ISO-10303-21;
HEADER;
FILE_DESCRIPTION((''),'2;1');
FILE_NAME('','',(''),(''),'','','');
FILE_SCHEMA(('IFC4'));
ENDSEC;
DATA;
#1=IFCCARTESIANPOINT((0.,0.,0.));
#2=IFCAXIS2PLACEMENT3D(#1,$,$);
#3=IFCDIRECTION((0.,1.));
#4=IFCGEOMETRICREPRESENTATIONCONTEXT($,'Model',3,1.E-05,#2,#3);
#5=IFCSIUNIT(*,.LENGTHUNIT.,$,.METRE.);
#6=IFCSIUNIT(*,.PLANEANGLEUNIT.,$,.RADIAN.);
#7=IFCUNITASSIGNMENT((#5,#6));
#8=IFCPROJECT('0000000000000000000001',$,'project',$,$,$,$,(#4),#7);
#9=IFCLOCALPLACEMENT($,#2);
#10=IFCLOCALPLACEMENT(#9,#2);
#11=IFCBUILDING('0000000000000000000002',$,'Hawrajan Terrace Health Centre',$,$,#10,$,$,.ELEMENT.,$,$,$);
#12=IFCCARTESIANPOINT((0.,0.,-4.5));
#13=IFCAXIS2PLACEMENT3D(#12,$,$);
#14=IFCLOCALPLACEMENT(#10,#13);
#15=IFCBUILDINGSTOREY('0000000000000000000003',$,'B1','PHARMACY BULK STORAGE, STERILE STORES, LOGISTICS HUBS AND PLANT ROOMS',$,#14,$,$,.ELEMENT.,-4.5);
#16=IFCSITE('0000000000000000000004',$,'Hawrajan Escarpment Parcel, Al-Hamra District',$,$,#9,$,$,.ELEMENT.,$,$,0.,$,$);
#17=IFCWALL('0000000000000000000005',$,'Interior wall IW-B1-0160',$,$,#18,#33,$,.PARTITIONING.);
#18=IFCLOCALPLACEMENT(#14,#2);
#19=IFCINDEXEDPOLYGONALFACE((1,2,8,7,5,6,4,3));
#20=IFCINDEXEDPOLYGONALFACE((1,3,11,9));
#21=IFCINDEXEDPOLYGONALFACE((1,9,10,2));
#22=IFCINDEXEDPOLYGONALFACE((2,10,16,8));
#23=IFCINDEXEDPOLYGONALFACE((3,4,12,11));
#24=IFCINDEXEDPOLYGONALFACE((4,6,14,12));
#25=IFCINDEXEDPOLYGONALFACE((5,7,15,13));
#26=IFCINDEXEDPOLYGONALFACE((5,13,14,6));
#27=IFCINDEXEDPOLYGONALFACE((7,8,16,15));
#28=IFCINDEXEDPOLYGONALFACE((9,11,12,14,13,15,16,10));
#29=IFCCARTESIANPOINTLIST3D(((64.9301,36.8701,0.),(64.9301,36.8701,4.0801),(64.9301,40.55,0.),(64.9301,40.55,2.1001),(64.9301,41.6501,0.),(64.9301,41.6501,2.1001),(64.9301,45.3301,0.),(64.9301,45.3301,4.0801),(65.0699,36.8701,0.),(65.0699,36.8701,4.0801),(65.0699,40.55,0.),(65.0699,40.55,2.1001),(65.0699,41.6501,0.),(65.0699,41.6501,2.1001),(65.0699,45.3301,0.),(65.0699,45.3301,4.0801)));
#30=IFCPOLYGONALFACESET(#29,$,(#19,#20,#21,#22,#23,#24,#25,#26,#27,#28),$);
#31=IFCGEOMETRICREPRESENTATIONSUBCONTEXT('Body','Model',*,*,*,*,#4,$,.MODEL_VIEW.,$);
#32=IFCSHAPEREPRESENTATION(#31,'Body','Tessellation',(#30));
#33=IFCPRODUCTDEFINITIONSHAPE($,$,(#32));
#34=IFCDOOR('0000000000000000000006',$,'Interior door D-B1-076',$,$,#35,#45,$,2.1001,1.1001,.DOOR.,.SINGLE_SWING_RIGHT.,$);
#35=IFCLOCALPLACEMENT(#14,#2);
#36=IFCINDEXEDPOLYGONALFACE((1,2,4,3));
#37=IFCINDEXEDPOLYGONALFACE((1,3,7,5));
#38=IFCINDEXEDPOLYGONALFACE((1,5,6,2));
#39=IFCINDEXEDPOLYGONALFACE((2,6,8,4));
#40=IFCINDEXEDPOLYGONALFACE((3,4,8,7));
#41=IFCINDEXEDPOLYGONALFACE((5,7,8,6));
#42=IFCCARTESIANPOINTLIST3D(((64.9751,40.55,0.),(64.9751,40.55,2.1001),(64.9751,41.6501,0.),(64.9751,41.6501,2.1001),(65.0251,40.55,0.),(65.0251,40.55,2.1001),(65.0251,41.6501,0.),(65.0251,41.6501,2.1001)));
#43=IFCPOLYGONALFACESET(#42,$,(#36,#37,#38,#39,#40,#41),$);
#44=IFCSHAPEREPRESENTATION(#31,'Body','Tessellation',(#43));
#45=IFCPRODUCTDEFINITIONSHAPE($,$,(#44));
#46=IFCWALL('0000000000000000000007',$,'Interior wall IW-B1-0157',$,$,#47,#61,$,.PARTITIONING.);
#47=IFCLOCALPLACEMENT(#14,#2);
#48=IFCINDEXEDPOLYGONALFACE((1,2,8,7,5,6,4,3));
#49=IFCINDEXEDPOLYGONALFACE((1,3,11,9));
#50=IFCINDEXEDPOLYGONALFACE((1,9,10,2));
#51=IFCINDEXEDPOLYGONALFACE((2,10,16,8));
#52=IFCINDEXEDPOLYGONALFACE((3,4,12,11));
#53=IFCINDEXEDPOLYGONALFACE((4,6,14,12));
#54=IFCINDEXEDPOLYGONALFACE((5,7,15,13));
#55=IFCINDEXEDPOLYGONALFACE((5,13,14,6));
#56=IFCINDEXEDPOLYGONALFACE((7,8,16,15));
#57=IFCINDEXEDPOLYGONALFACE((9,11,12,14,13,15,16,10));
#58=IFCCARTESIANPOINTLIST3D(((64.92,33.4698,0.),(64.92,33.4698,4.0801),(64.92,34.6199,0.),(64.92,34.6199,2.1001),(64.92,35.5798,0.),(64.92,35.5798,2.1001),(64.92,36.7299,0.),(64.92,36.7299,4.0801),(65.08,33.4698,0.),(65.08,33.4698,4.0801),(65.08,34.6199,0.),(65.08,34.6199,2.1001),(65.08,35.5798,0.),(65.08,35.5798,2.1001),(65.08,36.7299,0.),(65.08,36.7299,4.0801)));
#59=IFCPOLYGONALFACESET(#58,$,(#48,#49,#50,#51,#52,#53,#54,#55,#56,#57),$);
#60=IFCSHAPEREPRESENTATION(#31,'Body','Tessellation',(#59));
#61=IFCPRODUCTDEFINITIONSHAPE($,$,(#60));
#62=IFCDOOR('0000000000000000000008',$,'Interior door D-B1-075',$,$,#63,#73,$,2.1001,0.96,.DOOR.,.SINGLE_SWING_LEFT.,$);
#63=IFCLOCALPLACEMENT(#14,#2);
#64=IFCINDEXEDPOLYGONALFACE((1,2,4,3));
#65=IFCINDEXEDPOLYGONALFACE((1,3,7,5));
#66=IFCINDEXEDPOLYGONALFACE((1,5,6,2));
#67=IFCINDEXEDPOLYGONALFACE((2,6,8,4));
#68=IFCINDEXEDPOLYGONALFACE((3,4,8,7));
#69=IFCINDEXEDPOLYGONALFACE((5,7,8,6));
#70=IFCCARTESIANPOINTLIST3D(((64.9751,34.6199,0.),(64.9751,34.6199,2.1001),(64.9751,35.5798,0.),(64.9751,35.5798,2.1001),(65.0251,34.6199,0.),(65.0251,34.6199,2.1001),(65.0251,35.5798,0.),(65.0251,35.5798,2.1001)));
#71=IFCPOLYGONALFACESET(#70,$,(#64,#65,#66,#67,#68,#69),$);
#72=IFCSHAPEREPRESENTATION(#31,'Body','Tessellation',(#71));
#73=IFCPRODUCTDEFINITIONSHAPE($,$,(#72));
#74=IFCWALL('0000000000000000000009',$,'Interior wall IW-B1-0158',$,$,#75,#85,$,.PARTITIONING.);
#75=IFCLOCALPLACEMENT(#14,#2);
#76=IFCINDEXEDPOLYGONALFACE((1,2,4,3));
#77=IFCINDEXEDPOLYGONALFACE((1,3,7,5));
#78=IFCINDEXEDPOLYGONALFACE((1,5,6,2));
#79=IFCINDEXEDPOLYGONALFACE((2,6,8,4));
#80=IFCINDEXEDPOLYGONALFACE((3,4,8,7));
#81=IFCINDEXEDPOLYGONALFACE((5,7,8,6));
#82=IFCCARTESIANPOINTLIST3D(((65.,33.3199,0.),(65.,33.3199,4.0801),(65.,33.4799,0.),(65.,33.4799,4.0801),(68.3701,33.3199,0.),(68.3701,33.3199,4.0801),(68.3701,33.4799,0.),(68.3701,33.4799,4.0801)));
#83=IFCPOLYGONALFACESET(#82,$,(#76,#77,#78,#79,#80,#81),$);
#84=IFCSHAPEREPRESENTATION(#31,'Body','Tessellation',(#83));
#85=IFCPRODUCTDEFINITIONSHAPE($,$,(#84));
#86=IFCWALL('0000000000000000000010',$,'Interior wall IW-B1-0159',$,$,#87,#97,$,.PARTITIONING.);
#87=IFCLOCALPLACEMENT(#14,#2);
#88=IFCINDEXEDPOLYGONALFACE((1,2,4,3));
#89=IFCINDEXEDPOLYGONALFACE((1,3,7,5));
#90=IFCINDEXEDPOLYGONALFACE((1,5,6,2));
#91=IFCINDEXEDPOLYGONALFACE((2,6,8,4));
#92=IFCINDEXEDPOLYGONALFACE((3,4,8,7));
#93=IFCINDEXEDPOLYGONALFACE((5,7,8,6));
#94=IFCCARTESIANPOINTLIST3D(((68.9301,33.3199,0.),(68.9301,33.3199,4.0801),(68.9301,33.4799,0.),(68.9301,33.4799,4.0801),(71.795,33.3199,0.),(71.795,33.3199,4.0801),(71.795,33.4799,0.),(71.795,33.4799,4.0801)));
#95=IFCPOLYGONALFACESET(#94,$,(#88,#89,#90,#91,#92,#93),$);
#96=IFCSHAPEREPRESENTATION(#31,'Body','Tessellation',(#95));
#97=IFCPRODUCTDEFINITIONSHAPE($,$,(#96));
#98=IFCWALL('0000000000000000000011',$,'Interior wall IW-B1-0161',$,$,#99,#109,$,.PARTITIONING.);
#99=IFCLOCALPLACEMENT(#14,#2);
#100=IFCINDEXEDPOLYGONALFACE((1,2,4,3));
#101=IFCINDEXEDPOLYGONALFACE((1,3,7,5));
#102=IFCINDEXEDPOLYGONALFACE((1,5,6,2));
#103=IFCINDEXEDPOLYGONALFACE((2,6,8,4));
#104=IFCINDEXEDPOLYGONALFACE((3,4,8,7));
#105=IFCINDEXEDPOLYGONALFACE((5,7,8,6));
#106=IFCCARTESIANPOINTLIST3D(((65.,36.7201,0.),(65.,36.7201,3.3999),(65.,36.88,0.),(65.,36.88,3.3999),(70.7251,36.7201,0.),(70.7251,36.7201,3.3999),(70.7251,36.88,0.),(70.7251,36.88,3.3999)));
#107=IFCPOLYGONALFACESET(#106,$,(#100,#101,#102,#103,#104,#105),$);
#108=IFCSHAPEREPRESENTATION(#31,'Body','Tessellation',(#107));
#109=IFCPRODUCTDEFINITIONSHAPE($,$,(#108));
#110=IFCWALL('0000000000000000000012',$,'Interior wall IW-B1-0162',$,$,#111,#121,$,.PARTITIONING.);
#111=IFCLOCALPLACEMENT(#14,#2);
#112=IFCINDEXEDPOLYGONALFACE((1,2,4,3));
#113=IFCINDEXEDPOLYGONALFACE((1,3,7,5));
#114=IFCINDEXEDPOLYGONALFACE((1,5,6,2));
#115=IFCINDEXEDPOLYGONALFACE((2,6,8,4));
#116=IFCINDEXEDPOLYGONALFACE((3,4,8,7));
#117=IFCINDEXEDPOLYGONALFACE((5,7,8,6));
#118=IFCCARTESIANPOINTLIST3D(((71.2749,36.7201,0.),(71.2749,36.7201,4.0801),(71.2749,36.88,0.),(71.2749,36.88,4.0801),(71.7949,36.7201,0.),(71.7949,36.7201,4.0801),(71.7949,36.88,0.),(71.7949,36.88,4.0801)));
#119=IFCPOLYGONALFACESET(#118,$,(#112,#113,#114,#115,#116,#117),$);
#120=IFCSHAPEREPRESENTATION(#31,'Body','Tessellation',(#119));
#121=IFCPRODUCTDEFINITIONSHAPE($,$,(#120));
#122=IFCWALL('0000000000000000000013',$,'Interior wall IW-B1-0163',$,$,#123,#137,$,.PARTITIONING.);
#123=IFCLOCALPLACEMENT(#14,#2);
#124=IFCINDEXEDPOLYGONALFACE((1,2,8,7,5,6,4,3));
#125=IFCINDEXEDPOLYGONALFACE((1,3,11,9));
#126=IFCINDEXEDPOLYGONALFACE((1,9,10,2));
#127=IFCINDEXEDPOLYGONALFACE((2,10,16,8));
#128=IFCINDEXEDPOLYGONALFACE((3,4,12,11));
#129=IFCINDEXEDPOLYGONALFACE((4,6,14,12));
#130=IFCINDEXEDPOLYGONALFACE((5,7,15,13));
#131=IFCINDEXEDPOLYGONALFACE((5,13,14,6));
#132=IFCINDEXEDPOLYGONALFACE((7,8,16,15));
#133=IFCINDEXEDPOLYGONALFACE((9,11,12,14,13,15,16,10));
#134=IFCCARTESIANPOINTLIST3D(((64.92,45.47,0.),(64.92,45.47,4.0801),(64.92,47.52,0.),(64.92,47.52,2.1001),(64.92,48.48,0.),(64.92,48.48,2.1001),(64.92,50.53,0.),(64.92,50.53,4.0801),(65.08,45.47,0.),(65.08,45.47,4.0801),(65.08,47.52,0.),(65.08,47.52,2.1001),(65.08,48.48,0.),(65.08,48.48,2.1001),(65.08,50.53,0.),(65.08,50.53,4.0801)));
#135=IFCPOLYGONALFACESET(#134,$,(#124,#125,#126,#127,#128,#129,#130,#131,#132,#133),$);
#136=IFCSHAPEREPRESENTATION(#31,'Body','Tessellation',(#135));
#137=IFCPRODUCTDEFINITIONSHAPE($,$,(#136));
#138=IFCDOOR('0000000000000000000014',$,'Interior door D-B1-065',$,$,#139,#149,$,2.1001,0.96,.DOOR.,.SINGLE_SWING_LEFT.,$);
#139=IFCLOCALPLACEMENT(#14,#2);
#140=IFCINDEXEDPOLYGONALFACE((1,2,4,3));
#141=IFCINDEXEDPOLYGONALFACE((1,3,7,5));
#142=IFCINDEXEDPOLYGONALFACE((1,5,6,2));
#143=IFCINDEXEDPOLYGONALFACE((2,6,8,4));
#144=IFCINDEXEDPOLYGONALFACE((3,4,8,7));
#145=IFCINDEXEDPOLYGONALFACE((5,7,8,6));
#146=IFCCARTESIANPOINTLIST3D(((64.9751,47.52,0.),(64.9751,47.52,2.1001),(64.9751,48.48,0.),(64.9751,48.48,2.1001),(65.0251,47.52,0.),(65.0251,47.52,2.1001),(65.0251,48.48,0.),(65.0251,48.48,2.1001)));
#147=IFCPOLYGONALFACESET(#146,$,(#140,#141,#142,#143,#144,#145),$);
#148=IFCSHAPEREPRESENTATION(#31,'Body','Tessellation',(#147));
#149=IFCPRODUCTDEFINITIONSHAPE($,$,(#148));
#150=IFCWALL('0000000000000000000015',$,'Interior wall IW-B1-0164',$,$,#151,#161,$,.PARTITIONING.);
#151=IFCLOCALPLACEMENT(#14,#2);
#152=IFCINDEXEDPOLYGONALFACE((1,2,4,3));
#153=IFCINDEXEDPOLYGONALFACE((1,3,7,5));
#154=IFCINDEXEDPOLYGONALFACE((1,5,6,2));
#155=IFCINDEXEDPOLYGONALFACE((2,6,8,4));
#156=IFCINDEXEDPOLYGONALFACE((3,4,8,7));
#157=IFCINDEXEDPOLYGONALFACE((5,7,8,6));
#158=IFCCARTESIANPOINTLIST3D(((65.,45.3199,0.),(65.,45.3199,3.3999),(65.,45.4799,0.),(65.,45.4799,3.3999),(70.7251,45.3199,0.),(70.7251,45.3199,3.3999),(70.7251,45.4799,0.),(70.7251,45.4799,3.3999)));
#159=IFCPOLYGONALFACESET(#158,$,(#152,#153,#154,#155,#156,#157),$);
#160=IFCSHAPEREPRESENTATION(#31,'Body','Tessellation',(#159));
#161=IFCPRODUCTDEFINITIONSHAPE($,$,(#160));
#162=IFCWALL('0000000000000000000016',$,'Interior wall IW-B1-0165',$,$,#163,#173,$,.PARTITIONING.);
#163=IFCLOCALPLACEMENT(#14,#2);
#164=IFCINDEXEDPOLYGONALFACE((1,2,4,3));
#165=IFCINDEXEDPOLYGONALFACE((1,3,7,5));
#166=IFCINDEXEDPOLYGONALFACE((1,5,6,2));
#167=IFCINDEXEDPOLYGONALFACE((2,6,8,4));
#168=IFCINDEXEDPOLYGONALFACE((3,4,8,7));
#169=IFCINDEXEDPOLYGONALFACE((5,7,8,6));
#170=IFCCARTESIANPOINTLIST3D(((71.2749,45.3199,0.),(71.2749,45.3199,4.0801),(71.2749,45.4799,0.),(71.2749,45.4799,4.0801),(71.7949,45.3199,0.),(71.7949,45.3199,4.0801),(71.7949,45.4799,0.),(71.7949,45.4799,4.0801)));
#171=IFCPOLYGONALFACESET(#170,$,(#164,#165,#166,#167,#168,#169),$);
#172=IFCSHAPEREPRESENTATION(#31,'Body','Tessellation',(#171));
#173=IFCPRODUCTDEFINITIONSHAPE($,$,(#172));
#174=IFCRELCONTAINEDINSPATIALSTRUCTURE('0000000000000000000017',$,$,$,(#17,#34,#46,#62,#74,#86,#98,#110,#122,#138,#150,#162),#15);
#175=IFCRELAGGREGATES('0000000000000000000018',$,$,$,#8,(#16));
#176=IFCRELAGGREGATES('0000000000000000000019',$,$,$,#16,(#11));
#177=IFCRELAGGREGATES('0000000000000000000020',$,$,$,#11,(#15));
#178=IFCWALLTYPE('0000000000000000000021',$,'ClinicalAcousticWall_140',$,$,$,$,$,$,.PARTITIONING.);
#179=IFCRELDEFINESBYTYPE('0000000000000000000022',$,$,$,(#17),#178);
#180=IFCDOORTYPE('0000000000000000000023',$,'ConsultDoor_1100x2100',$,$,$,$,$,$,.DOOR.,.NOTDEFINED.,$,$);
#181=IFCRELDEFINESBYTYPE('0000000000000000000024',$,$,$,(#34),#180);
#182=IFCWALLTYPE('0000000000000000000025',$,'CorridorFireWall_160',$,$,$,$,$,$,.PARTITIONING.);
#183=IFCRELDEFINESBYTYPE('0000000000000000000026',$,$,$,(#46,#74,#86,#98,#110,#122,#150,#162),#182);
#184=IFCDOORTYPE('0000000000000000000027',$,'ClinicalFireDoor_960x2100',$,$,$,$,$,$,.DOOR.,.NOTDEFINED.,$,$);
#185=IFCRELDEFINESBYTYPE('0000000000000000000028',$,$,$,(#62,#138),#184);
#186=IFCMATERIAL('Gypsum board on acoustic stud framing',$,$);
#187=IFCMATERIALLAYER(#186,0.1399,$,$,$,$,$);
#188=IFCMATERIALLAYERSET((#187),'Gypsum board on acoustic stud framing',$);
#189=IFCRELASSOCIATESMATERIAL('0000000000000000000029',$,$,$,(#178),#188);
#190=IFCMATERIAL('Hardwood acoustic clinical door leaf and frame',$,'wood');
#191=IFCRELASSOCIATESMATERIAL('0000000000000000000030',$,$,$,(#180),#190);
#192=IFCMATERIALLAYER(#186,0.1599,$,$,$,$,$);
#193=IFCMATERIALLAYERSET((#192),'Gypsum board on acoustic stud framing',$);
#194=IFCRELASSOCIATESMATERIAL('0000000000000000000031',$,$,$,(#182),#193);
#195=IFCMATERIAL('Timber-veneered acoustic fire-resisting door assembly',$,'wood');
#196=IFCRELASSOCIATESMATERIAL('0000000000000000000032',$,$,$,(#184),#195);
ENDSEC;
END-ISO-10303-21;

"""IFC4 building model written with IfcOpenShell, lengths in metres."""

from ifc_helpers import new_model, si_unit, direction, frame, frame_2d, origin, place, context, subcontext, project, spatial, rectangle, extrude, material, layer, layer_set, type_object, element, fill, save


model = new_model("IFC4")

# Units and contexts
model_context = context("Model", 3, precision=1e-05, world=origin(), true_north=direction((0.0, 1.0)))
body_context = subcontext(model_context, "Body", "Model", "MODEL_VIEW")
ifc_project = project(units=[si_unit("LENGTHUNIT", "METRE"), si_unit("PLANEANGLEUNIT", "RADIAN")], contexts=[model_context])

# Site, building, storey
site_placement = place(None, origin())
site = spatial("IfcSite", under=ifc_project, at=site_placement, Name="Hawrajan Escarpment Parcel, Al-Hamra District", CompositionType="ELEMENT", RefElevation=0.0)
building_placement = place(site_placement, origin())
building = spatial("IfcBuilding", under=site, at=building_placement, Name="Hawrajan Terrace Health Centre", CompositionType="ELEMENT")
storey_placement = place(building_placement, frame((0.0, 0.0, -4.5)))
storey = spatial("IfcBuildingStorey", under=building, at=storey_placement, Name="B1", Description="PHARMACY BULK STORAGE, STERILE STORES, LOGISTICS HUBS AND PLANT ROOMS", CompositionType="ELEMENT", Elevation=-4.5)

# Walls, openings, doors
ifc_material_1 = material(Name="Gypsum board on acoustic stud framing")
ifc_layer_1 = layer(ifc_material_1, 0.1399)
ifc_layer_set_1 = layer_set([ifc_layer_1], Name="Gypsum board on acoustic stud framing")
wall_type_1 = type_object("IfcWallType", Name="ClinicalAcousticWall_140", PredefinedType="PARTITIONING", material=ifc_layer_set_1)
wall_1_placement = place(storey_placement, frame((65.0, 36.8701, 0.0), z_axis=(0.0, 0.0, 1.0), x_axis=(0.0, 1.0, 0.0)))
wall_1 = element("IfcWall", 1, at=wall_1_placement, inside=storey, type_object=wall_type_1, Name="Interior wall IW-B1-0160", PredefinedType="PARTITIONING", context=body_context, shape_type="SweptSolid", body=[
    extrude(rectangle(XDim=8.46, YDim=0.1399, at=frame_2d((4.23, 0.0))), origin(), (0.0, 0.0, 1.0), 4.0801),
])
opening_1_placement = place(wall_1_placement, frame((3.6799, 0.0, 0.0)))
opening_1 = element("IfcOpeningElement", 2, at=opening_1_placement, cuts=wall_1, PredefinedType="OPENING", context=body_context, shape_type="SweptSolid", body=[
    extrude(rectangle(XDim=1.1001, YDim=2.1001, at=frame_2d((0.55, 1.05))), frame((0.0, 0.0798, 0.0), z_axis=(0.0, -1.0, 0.0), x_axis=(1.0, 0.0, 0.0)), (0.0, 0.0, 1.0), 0.1599),
])
ifc_material_2 = material(Name="Hardwood acoustic clinical door leaf and frame", Category="wood")
door_type_1 = type_object("IfcDoorType", Name="ConsultDoor_1100x2100", OperationType="NOTDEFINED", PredefinedType="DOOR", material=ifc_material_2)
door_1_placement = place(opening_1_placement, origin())
door_1 = element("IfcDoor", 3, at=door_1_placement, inside=storey, type_object=door_type_1, Name="Interior door D-B1-076", OperationType="SINGLE_SWING_RIGHT", OverallHeight=2.1001, OverallWidth=1.1001, PredefinedType="DOOR", context=body_context, shape_type="SweptSolid", body=[
    extrude(rectangle(XDim=1.1001, YDim=2.1001, at=frame_2d((0.55, 1.05))), frame((0.0, 0.0249, 0.0), z_axis=(0.0, -1.0, 0.0), x_axis=(1.0, 0.0, 0.0)), (0.0, 0.0, 1.0), 0.05),
])
fill(opening_1, door_1)
ifc_layer_2 = layer(ifc_material_1, 0.1599)
ifc_layer_set_2 = layer_set([ifc_layer_2], Name="Gypsum board on acoustic stud framing")
wall_type_2 = type_object("IfcWallType", Name="CorridorFireWall_160", PredefinedType="PARTITIONING", material=ifc_layer_set_2)
wall_2_placement = place(storey_placement, frame((65.0, 33.47, 0.0), z_axis=(0.0, 0.0, 1.0), x_axis=(0.0, 1.0, 0.0)))
wall_2 = element("IfcWall", 4, at=wall_2_placement, inside=storey, type_object=wall_type_2, Name="Interior wall IW-B1-0157", PredefinedType="PARTITIONING", context=body_context, shape_type="SweptSolid", body=[
    extrude(rectangle(XDim=3.26, YDim=0.1599, at=frame_2d((1.6299, 0.0))), origin(), (0.0, 0.0, 1.0), 4.0801),
])
opening_2_placement = place(wall_2_placement, frame((1.1499, 0.0, 0.0)))
opening_2 = element("IfcOpeningElement", 5, at=opening_2_placement, cuts=wall_2, PredefinedType="OPENING", context=body_context, shape_type="SweptSolid", body=[
    extrude(rectangle(XDim=0.96, YDim=2.1001, at=frame_2d((0.48, 1.05))), frame((0.0, 0.0898, 0.0), z_axis=(0.0, -1.0, 0.0), x_axis=(1.0, 0.0, 0.0)), (0.0, 0.0, 1.0), 0.1799),
])
ifc_material_3 = material(Name="Timber-veneered acoustic fire-resisting door assembly", Category="wood")
door_type_2 = type_object("IfcDoorType", Name="ClinicalFireDoor_960x2100", OperationType="NOTDEFINED", PredefinedType="DOOR", material=ifc_material_3)
door_2_placement = place(opening_2_placement, origin())
door_2 = element("IfcDoor", 6, at=door_2_placement, inside=storey, type_object=door_type_2, Name="Interior door D-B1-075", OperationType="SINGLE_SWING_LEFT", OverallHeight=2.1001, OverallWidth=0.96, PredefinedType="DOOR", context=body_context, shape_type="SweptSolid", body=[
    extrude(rectangle(XDim=0.96, YDim=2.1001, at=frame_2d((0.48, 1.05))), frame((0.0, 0.0249, 0.0), z_axis=(0.0, -1.0, 0.0), x_axis=(1.0, 0.0, 0.0)), (0.0, 0.0, 1.0), 0.05),
])
fill(opening_2, door_2)

# Walls
wall_3_placement = place(storey_placement, frame((65.0, 33.3999, 0.0), z_axis=(0.0, 0.0, 1.0), x_axis=(1.0, 0.0, 0.0)))
element("IfcWall", 7, at=wall_3_placement, inside=storey, type_object=wall_type_2, Name="Interior wall IW-B1-0158", PredefinedType="PARTITIONING", context=body_context, shape_type="SweptSolid", body=[
    extrude(rectangle(XDim=3.3701, YDim=0.1599, at=frame_2d((1.6851, 0.0))), origin(), (0.0, 0.0, 1.0), 4.0801),
])
wall_4_placement = place(storey_placement, frame((68.9299, 33.3999, 0.0), z_axis=(0.0, 0.0, 1.0), x_axis=(1.0, 0.0, 0.0)))
element("IfcWall", 8, at=wall_4_placement, inside=storey, type_object=wall_type_2, Name="Interior wall IW-B1-0159", PredefinedType="PARTITIONING", context=body_context, shape_type="SweptSolid", body=[
    extrude(rectangle(XDim=2.865, YDim=0.1599, at=frame_2d((1.4326, 0.0))), origin(), (0.0, 0.0, 1.0), 4.0801),
])
wall_5_placement = place(storey_placement, frame((65.0, 36.8, 0.0), z_axis=(0.0, 0.0, 1.0), x_axis=(1.0, 0.0, 0.0)))
element("IfcWall", 9, at=wall_5_placement, inside=storey, type_object=wall_type_2, Name="Interior wall IW-B1-0161", PredefinedType="PARTITIONING", context=body_context, shape_type="SweptSolid", body=[
    extrude(rectangle(XDim=5.7251, YDim=0.1599, at=frame_2d((2.8625, 0.0))), origin(), (0.0, 0.0, 1.0), 3.3999),
])
wall_6_placement = place(storey_placement, frame((71.2749, 36.8, 0.0), z_axis=(0.0, 0.0, 1.0), x_axis=(1.0, 0.0, 0.0)))
element("IfcWall", 10, at=wall_6_placement, inside=storey, type_object=wall_type_2, Name="Interior wall IW-B1-0162", PredefinedType="PARTITIONING", context=body_context, shape_type="SweptSolid", body=[
    extrude(rectangle(XDim=0.52, YDim=0.1599, at=frame_2d((0.26, 0.0))), origin(), (0.0, 0.0, 1.0), 4.0801),
])

# Wall, opening, door
wall_7_placement = place(storey_placement, frame((65.0, 45.47, 0.0), z_axis=(0.0, 0.0, 1.0), x_axis=(0.0, 1.0, 0.0)))
wall_7 = element("IfcWall", 11, at=wall_7_placement, inside=storey, type_object=wall_type_2, Name="Interior wall IW-B1-0163", PredefinedType="PARTITIONING", context=body_context, shape_type="SweptSolid", body=[
    extrude(rectangle(XDim=5.0601, YDim=0.1599, at=frame_2d((2.53, 0.0))), origin(), (0.0, 0.0, 1.0), 4.0801),
])
opening_3_placement = place(wall_7_placement, frame((2.05, 0.0, 0.0)))
opening_3 = element("IfcOpeningElement", 12, at=opening_3_placement, cuts=wall_7, PredefinedType="OPENING", context=body_context, shape_type="SweptSolid", body=[
    extrude(rectangle(XDim=0.96, YDim=2.1001, at=frame_2d((0.48, 1.05))), frame((0.0, 0.0898, 0.0), z_axis=(0.0, -1.0, 0.0), x_axis=(1.0, 0.0, 0.0)), (0.0, 0.0, 1.0), 0.1799),
])
door_3_placement = place(opening_3_placement, origin())
door_3 = element("IfcDoor", 13, at=door_3_placement, inside=storey, type_object=door_type_2, Name="Interior door D-B1-065", OperationType="SINGLE_SWING_LEFT", OverallHeight=2.1001, OverallWidth=0.96, PredefinedType="DOOR", context=body_context, shape_type="SweptSolid", body=[
    extrude(rectangle(XDim=0.96, YDim=2.1001, at=frame_2d((0.48, 1.05))), frame((0.0, 0.0249, 0.0), z_axis=(0.0, -1.0, 0.0), x_axis=(1.0, 0.0, 0.0)), (0.0, 0.0, 1.0), 0.05),
])
fill(opening_3, door_3)

# Walls
wall_8_placement = place(storey_placement, frame((65.0, 45.3999, 0.0), z_axis=(0.0, 0.0, 1.0), x_axis=(1.0, 0.0, 0.0)))
element("IfcWall", 14, at=wall_8_placement, inside=storey, type_object=wall_type_2, Name="Interior wall IW-B1-0164", PredefinedType="PARTITIONING", context=body_context, shape_type="SweptSolid", body=[
    extrude(rectangle(XDim=5.7251, YDim=0.1599, at=frame_2d((2.8625, 0.0))), origin(), (0.0, 0.0, 1.0), 3.3999),
])
wall_9_placement = place(storey_placement, frame((71.2749, 45.3999, 0.0), z_axis=(0.0, 0.0, 1.0), x_axis=(1.0, 0.0, 0.0)))
element("IfcWall", 15, at=wall_9_placement, inside=storey, type_object=wall_type_2, Name="Interior wall IW-B1-0165", PredefinedType="PARTITIONING", context=body_context, shape_type="SweptSolid", body=[
    extrude(rectangle(XDim=0.52, YDim=0.1599, at=frame_2d((0.26, 0.0))), origin(), (0.0, 0.0, 1.0), 4.0801),
])

save(model, "model.ifc")
